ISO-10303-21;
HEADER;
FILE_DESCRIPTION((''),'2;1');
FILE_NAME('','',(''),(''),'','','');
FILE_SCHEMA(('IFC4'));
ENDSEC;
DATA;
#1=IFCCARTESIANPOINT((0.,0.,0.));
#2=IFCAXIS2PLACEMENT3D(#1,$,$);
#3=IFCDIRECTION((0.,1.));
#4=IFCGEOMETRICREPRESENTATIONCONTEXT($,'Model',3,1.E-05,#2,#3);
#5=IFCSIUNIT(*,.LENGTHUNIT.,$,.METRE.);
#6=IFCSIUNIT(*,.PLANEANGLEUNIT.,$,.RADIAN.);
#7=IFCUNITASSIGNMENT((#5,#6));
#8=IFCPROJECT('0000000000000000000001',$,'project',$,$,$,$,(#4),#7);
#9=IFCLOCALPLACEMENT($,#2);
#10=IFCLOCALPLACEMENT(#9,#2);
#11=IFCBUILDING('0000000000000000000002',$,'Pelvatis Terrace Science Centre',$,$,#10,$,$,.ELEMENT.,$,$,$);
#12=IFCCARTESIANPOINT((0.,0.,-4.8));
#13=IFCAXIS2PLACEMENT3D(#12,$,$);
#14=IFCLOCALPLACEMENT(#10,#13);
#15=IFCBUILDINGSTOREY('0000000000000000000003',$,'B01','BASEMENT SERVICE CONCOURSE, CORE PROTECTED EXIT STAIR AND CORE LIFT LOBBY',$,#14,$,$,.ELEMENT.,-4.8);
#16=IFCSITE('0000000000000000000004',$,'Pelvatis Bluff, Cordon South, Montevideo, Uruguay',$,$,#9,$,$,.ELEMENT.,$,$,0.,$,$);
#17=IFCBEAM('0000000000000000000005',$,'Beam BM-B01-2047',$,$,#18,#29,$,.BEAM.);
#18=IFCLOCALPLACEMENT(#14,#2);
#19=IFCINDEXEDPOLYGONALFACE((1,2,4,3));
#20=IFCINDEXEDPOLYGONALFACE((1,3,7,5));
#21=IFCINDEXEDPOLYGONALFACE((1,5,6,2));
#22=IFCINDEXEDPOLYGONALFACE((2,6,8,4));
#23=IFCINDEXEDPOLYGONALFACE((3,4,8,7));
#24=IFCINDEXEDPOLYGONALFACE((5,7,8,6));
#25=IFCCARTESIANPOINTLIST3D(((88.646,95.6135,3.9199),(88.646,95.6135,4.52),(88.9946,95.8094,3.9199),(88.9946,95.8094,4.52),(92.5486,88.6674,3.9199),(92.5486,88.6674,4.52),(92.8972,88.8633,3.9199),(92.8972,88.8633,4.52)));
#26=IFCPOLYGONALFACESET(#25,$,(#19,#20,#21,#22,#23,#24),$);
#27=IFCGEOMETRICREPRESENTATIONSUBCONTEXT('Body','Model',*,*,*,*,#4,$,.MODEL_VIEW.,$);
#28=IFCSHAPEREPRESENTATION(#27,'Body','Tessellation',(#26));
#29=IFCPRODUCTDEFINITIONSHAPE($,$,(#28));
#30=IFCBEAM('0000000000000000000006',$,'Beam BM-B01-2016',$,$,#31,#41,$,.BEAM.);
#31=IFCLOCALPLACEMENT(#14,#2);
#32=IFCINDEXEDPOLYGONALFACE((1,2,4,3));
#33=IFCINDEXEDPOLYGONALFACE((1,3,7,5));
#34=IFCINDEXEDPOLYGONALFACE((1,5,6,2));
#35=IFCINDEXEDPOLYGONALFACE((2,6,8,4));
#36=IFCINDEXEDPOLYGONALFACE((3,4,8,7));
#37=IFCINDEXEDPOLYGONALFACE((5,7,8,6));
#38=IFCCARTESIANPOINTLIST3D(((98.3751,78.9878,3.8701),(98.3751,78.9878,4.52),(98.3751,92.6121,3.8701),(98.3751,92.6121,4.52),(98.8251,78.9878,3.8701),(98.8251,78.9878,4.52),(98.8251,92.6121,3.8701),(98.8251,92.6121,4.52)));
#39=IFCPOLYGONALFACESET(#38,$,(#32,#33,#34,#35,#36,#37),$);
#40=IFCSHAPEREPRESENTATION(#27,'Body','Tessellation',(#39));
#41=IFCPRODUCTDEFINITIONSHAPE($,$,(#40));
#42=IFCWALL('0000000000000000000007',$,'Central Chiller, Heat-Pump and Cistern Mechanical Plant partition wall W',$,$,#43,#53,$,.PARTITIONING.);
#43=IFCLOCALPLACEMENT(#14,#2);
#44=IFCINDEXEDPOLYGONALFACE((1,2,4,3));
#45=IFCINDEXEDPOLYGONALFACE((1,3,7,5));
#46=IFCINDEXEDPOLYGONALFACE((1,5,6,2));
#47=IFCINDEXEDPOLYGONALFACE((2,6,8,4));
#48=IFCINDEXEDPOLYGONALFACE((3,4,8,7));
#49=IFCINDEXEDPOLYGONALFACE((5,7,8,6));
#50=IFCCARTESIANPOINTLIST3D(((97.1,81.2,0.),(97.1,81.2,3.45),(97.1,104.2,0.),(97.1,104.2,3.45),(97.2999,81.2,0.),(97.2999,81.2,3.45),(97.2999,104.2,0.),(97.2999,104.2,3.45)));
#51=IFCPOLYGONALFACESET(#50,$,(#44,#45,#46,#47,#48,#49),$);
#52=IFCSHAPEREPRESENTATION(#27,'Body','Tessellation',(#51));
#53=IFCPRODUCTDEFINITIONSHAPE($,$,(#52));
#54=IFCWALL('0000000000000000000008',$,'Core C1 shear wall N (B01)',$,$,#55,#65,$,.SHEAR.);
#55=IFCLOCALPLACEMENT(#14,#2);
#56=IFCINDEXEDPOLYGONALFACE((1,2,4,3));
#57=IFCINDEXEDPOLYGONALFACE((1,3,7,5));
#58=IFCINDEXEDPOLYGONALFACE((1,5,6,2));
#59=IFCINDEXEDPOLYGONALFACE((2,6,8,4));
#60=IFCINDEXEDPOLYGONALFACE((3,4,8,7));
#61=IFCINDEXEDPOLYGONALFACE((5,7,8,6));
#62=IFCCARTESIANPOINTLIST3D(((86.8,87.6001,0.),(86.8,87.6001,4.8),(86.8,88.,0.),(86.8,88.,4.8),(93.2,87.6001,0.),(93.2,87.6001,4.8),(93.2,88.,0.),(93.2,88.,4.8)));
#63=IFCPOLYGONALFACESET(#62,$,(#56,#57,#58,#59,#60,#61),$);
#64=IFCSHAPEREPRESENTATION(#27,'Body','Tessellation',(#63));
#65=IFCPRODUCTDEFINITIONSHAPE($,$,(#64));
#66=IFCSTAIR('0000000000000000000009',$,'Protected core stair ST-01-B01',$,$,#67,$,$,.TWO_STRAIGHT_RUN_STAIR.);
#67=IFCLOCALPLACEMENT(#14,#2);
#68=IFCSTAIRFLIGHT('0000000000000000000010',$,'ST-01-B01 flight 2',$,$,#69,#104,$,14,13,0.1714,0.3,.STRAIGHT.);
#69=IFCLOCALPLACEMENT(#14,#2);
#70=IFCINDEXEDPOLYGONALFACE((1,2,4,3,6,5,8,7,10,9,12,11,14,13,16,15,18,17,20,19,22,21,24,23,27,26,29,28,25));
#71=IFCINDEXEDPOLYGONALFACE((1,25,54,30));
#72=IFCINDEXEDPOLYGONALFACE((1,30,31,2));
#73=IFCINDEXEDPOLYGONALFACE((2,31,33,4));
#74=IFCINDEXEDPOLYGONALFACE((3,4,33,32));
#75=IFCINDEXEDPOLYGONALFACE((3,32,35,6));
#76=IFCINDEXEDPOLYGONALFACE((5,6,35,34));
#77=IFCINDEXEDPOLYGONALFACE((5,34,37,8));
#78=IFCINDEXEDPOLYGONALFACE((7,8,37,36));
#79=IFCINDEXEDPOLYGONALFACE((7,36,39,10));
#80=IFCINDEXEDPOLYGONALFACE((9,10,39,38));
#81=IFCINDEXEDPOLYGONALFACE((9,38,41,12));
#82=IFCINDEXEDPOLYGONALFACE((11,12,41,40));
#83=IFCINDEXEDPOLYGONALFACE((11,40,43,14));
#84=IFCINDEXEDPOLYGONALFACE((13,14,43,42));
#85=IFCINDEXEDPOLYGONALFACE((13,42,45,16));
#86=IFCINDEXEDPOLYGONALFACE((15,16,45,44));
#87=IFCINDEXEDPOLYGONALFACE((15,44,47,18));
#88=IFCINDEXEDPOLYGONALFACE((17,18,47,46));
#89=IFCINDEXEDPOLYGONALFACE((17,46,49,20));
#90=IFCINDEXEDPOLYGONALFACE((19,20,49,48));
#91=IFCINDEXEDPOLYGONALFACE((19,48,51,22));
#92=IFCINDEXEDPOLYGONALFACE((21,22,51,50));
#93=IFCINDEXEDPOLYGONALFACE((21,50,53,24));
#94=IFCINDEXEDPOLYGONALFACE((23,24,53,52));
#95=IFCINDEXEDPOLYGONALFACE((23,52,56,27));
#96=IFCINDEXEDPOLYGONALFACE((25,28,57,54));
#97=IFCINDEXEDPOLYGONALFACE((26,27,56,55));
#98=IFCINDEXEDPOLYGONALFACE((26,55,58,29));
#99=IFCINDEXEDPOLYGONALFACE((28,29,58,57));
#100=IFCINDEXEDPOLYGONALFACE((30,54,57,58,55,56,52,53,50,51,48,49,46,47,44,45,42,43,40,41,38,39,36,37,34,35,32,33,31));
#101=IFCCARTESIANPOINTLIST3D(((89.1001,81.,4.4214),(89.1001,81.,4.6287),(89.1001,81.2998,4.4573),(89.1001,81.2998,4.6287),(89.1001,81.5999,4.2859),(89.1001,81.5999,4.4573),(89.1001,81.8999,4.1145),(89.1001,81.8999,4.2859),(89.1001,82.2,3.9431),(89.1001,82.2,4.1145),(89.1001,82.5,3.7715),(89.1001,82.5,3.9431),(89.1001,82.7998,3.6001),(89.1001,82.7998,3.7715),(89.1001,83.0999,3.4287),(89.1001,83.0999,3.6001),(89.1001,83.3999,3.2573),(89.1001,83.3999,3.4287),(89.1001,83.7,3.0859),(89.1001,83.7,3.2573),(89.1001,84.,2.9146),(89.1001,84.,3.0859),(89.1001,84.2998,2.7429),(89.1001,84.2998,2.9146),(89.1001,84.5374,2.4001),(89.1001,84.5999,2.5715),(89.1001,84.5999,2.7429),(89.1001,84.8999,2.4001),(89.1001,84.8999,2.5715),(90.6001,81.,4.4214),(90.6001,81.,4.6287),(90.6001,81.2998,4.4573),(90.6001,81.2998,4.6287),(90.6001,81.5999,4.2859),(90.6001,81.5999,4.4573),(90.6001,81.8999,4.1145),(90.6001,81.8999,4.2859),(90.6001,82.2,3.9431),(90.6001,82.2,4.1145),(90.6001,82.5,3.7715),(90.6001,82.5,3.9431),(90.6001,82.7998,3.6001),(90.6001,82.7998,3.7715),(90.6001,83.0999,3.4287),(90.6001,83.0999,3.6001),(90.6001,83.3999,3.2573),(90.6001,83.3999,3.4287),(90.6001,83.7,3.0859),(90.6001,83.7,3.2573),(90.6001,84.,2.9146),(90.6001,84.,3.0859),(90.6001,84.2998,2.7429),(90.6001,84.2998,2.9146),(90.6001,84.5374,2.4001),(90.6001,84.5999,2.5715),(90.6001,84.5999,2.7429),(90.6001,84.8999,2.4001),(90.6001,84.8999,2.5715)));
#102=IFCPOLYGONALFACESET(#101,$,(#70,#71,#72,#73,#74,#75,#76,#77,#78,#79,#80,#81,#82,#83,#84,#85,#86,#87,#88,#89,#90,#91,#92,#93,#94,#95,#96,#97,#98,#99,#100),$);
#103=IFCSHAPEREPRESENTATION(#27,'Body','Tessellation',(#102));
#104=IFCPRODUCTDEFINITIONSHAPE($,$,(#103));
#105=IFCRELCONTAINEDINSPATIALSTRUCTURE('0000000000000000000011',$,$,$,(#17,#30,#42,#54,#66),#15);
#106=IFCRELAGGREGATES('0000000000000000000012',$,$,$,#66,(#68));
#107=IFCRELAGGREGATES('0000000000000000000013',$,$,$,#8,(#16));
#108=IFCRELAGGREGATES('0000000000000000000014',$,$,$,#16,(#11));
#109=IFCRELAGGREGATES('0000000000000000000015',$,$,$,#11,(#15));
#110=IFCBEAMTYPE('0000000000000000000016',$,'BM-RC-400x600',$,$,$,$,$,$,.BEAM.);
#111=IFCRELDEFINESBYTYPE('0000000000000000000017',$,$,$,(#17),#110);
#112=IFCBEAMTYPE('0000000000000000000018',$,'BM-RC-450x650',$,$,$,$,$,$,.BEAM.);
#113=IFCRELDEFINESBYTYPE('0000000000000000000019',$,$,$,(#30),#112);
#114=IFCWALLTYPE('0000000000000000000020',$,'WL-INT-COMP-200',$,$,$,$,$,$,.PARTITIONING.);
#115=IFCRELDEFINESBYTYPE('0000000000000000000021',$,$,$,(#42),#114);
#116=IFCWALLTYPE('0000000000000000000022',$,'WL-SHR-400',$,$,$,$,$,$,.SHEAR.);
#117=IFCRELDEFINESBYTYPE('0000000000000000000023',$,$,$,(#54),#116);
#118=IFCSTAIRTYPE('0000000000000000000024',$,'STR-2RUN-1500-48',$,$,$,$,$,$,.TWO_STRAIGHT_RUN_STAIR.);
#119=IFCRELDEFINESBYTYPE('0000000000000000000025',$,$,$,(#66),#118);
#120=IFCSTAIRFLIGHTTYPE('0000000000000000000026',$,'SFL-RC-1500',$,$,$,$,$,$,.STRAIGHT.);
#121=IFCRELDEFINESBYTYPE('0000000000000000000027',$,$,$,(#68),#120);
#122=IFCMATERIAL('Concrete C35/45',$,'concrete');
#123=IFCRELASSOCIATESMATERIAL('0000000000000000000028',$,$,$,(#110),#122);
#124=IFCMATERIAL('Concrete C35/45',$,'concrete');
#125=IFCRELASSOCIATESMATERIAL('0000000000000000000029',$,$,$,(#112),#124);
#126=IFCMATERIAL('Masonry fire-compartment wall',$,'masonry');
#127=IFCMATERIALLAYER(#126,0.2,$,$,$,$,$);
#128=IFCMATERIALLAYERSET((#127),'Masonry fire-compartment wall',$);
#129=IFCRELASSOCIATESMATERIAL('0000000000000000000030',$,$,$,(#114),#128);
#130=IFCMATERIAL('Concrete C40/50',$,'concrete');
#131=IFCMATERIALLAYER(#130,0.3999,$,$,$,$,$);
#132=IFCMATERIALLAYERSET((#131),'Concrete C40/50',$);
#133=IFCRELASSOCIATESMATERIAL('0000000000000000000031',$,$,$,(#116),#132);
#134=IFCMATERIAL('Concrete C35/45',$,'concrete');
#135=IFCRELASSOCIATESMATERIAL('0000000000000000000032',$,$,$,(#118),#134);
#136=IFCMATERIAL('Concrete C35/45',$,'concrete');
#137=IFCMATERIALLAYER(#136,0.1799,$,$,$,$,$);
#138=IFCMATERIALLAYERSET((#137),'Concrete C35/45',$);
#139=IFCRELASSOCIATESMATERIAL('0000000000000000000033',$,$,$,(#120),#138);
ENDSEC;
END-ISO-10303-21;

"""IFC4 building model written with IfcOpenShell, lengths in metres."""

from ifc_helpers import new_model, si_unit, direction, frame, frame_2d, origin, origin_2d, place, context, subcontext, project, spatial, polyline, rectangle, outline, extrude, material, layer, layer_set, material_profile, profile_set, type_object, element, aggregate, save


model = new_model("IFC4")

# Units and contexts
model_context = context("Model", 3, precision=1e-05, world=origin(), true_north=direction((0.0, 1.0)))
body_context = subcontext(model_context, "Body", "Model", "MODEL_VIEW")
ifc_project = project(units=[si_unit("LENGTHUNIT", "METRE"), si_unit("PLANEANGLEUNIT", "RADIAN")], contexts=[model_context])

# Site, building, storey
site_placement = place(None, origin())
site = spatial("IfcSite", under=ifc_project, at=site_placement, Name="Pelvatis Bluff, Cordon South, Montevideo, Uruguay", CompositionType="ELEMENT", RefElevation=0.0)
building_placement = place(site_placement, origin())
building = spatial("IfcBuilding", under=site, at=building_placement, Name="Pelvatis Terrace Science Centre", CompositionType="ELEMENT")
storey_placement = place(building_placement, frame((0.0, 0.0, -4.8)))
storey = spatial("IfcBuildingStorey", under=building, at=storey_placement, Name="B01", Description="BASEMENT SERVICE CONCOURSE, CORE PROTECTED EXIT STAIR AND CORE LIFT LOBBY", CompositionType="ELEMENT", Elevation=-4.8)

# Beams
ifc_material_1 = material(Name="Concrete C35/45", Category="concrete")
ifc_material_profile_1 = material_profile(ifc_material_1, rectangle(XDim=0.3999, YDim=0.6001, at=origin_2d()), Name="RC-BM 400x600")
ifc_profile_set_1 = profile_set([ifc_material_profile_1], Name="Concrete C35/45")
beam_type_1 = type_object("IfcBeamType", Name="BM-RC-400x600", PredefinedType="BEAM", material=ifc_profile_set_1)
beam_1_placement = place(storey_placement, frame((88.8203, 95.7114, 4.22), z_axis=(0.489826, -0.87182, 0.0), x_axis=(0.87182, 0.489826, 0.0)))
element("IfcBeam", 1, at=beam_1_placement, inside=storey, type_object=beam_type_1, Name="Beam BM-B01-2047", PredefinedType="BEAM", context=body_context, shape_type="SweptSolid", body=[
    extrude(rectangle(XDim=0.3999, YDim=0.6001, at=origin_2d()), origin(), (0.0, 0.0, 1.0), 7.9673),
])
ifc_material_2 = material(Name="Concrete C35/45", Category="concrete")
ifc_material_profile_2 = material_profile(ifc_material_2, rectangle(XDim=0.45, YDim=0.6499, at=origin_2d()), Name="RC-BM 450x650")
ifc_profile_set_2 = profile_set([ifc_material_profile_2], Name="Concrete C35/45")
beam_type_2 = type_object("IfcBeamType", Name="BM-RC-450x650", PredefinedType="BEAM", material=ifc_profile_set_2)
beam_2_placement = place(storey_placement, frame((98.6001, 92.6121, 4.1951), z_axis=(0.0, -1.0, 0.0), x_axis=(1.0, 0.0, 0.0)))
element("IfcBeam", 2, at=beam_2_placement, inside=storey, type_object=beam_type_2, Name="Beam BM-B01-2016", PredefinedType="BEAM", context=body_context, shape_type="SweptSolid", body=[
    extrude(rectangle(XDim=0.45, YDim=0.6499, at=origin_2d()), origin(), (0.0, 0.0, 1.0), 13.6243),
])

# Walls
ifc_material_3 = material(Name="Masonry fire-compartment wall", Category="masonry")
ifc_layer_1 = layer(ifc_material_3, 0.2)
ifc_layer_set_1 = layer_set([ifc_layer_1], Name="Masonry fire-compartment wall")
wall_type_1 = type_object("IfcWallType", Name="WL-INT-COMP-200", PredefinedType="PARTITIONING", material=ifc_layer_set_1)
wall_1_placement = place(storey_placement, frame((97.2, 104.2, 0.0), z_axis=(0.0, 0.0, 1.0), x_axis=(0.0, -1.0, 0.0)))
element("IfcWall", 3, at=wall_1_placement, inside=storey, type_object=wall_type_1, Name="Central Chiller, Heat-Pump and Cistern Mechanical Plant partition wall W", PredefinedType="PARTITIONING", context=body_context, shape_type="SweptSolid", body=[
    extrude(rectangle(XDim=23.0, YDim=0.2, at=frame_2d((11.5, 0.0))), origin(), (0.0, 0.0, 1.0), 3.45),
])
ifc_material_4 = material(Name="Concrete C40/50", Category="concrete")
ifc_layer_2 = layer(ifc_material_4, 0.3999)
ifc_layer_set_2 = layer_set([ifc_layer_2], Name="Concrete C40/50")
wall_type_2 = type_object("IfcWallType", Name="WL-SHR-400", PredefinedType="SHEAR", material=ifc_layer_set_2)
wall_2_placement = place(storey_placement, frame((86.8, 87.8, 0.0), z_axis=(0.0, 0.0, 1.0), x_axis=(1.0, 0.0, 0.0)))
element("IfcWall", 4, at=wall_2_placement, inside=storey, type_object=wall_type_2, Name="Core C1 shear wall N (B01)", PredefinedType="SHEAR", context=body_context, shape_type="SweptSolid", body=[
    extrude(rectangle(XDim=6.3999, YDim=0.3999, at=frame_2d((3.2, 0.0))), origin(), (0.0, 0.0, 1.0), 4.8),
])

# Stair, stair flight
ifc_material_5 = material(Name="Concrete C35/45", Category="concrete")
stair_type = type_object("IfcStairType", Name="STR-2RUN-1500-48", PredefinedType="TWO_STRAIGHT_RUN_STAIR", material=ifc_material_5)
stair_placement = place(storey_placement, origin())
stair = element("IfcStair", 5, at=stair_placement, inside=storey, type_object=stair_type, Name="Protected core stair ST-01-B01", PredefinedType="TWO_STRAIGHT_RUN_STAIR")
ifc_material_6 = material(Name="Concrete C35/45", Category="concrete")
ifc_layer_3 = layer(ifc_material_6, 0.1799)
ifc_layer_set_3 = layer_set([ifc_layer_3], Name="Concrete C35/45")
stair_flight_type = type_object("IfcStairFlightType", Name="SFL-RC-1500", PredefinedType="STRAIGHT", material=ifc_layer_set_3)
stair_flight_placement = place(storey_placement, frame((89.8501, 84.8999, 2.4001), z_axis=(0.0, 0.0, 1.0), x_axis=(0.0, -1.0, 0.0)))
stair_flight = element("IfcStairFlight", 6, at=stair_flight_placement, type_object=stair_flight_type, Name="ST-01-B01 flight 2", NumberOfRisers=14, NumberOfTreads=13, PredefinedType="STRAIGHT", RiserHeight=0.1714, TreadLength=0.3, context=body_context, shape_type="SweptSolid", body=[
    extrude(outline(polyline([(0.0, 0.0), (0.0, 0.1714), (0.3, 0.1714), (0.3, 0.3428), (0.6001, 0.3428), (0.6001, 0.5144), (0.8999, 0.5144), (0.8999, 0.6858), (1.2, 0.6858), (1.2, 0.8572), (1.5, 0.8572), (1.5, 1.0286), (1.8, 1.0286), (1.8, 1.2), (2.1001, 1.2), (2.1001, 1.3713), (2.3999, 1.3713), (2.3999, 1.543), (2.7, 1.543), (2.7, 1.7144), (3.0, 1.7144), (3.0, 1.8857), (3.3, 1.8857), (3.3, 2.0571), (3.6001, 2.0571), (3.6001, 2.2285), (3.8999, 2.2285), (3.8999, 2.3999), (3.8999, 2.0212), (0.3625, 0.0), (0.0, 0.0)])), frame((0.0, 0.75, 0.0), z_axis=(0.0, -1.0, 0.0), x_axis=(1.0, 0.0, 0.0)), (0.0, 0.0, 1.0), 1.5),
])
aggregate(stair, [stair_flight])

save(model, "model.ifc")
